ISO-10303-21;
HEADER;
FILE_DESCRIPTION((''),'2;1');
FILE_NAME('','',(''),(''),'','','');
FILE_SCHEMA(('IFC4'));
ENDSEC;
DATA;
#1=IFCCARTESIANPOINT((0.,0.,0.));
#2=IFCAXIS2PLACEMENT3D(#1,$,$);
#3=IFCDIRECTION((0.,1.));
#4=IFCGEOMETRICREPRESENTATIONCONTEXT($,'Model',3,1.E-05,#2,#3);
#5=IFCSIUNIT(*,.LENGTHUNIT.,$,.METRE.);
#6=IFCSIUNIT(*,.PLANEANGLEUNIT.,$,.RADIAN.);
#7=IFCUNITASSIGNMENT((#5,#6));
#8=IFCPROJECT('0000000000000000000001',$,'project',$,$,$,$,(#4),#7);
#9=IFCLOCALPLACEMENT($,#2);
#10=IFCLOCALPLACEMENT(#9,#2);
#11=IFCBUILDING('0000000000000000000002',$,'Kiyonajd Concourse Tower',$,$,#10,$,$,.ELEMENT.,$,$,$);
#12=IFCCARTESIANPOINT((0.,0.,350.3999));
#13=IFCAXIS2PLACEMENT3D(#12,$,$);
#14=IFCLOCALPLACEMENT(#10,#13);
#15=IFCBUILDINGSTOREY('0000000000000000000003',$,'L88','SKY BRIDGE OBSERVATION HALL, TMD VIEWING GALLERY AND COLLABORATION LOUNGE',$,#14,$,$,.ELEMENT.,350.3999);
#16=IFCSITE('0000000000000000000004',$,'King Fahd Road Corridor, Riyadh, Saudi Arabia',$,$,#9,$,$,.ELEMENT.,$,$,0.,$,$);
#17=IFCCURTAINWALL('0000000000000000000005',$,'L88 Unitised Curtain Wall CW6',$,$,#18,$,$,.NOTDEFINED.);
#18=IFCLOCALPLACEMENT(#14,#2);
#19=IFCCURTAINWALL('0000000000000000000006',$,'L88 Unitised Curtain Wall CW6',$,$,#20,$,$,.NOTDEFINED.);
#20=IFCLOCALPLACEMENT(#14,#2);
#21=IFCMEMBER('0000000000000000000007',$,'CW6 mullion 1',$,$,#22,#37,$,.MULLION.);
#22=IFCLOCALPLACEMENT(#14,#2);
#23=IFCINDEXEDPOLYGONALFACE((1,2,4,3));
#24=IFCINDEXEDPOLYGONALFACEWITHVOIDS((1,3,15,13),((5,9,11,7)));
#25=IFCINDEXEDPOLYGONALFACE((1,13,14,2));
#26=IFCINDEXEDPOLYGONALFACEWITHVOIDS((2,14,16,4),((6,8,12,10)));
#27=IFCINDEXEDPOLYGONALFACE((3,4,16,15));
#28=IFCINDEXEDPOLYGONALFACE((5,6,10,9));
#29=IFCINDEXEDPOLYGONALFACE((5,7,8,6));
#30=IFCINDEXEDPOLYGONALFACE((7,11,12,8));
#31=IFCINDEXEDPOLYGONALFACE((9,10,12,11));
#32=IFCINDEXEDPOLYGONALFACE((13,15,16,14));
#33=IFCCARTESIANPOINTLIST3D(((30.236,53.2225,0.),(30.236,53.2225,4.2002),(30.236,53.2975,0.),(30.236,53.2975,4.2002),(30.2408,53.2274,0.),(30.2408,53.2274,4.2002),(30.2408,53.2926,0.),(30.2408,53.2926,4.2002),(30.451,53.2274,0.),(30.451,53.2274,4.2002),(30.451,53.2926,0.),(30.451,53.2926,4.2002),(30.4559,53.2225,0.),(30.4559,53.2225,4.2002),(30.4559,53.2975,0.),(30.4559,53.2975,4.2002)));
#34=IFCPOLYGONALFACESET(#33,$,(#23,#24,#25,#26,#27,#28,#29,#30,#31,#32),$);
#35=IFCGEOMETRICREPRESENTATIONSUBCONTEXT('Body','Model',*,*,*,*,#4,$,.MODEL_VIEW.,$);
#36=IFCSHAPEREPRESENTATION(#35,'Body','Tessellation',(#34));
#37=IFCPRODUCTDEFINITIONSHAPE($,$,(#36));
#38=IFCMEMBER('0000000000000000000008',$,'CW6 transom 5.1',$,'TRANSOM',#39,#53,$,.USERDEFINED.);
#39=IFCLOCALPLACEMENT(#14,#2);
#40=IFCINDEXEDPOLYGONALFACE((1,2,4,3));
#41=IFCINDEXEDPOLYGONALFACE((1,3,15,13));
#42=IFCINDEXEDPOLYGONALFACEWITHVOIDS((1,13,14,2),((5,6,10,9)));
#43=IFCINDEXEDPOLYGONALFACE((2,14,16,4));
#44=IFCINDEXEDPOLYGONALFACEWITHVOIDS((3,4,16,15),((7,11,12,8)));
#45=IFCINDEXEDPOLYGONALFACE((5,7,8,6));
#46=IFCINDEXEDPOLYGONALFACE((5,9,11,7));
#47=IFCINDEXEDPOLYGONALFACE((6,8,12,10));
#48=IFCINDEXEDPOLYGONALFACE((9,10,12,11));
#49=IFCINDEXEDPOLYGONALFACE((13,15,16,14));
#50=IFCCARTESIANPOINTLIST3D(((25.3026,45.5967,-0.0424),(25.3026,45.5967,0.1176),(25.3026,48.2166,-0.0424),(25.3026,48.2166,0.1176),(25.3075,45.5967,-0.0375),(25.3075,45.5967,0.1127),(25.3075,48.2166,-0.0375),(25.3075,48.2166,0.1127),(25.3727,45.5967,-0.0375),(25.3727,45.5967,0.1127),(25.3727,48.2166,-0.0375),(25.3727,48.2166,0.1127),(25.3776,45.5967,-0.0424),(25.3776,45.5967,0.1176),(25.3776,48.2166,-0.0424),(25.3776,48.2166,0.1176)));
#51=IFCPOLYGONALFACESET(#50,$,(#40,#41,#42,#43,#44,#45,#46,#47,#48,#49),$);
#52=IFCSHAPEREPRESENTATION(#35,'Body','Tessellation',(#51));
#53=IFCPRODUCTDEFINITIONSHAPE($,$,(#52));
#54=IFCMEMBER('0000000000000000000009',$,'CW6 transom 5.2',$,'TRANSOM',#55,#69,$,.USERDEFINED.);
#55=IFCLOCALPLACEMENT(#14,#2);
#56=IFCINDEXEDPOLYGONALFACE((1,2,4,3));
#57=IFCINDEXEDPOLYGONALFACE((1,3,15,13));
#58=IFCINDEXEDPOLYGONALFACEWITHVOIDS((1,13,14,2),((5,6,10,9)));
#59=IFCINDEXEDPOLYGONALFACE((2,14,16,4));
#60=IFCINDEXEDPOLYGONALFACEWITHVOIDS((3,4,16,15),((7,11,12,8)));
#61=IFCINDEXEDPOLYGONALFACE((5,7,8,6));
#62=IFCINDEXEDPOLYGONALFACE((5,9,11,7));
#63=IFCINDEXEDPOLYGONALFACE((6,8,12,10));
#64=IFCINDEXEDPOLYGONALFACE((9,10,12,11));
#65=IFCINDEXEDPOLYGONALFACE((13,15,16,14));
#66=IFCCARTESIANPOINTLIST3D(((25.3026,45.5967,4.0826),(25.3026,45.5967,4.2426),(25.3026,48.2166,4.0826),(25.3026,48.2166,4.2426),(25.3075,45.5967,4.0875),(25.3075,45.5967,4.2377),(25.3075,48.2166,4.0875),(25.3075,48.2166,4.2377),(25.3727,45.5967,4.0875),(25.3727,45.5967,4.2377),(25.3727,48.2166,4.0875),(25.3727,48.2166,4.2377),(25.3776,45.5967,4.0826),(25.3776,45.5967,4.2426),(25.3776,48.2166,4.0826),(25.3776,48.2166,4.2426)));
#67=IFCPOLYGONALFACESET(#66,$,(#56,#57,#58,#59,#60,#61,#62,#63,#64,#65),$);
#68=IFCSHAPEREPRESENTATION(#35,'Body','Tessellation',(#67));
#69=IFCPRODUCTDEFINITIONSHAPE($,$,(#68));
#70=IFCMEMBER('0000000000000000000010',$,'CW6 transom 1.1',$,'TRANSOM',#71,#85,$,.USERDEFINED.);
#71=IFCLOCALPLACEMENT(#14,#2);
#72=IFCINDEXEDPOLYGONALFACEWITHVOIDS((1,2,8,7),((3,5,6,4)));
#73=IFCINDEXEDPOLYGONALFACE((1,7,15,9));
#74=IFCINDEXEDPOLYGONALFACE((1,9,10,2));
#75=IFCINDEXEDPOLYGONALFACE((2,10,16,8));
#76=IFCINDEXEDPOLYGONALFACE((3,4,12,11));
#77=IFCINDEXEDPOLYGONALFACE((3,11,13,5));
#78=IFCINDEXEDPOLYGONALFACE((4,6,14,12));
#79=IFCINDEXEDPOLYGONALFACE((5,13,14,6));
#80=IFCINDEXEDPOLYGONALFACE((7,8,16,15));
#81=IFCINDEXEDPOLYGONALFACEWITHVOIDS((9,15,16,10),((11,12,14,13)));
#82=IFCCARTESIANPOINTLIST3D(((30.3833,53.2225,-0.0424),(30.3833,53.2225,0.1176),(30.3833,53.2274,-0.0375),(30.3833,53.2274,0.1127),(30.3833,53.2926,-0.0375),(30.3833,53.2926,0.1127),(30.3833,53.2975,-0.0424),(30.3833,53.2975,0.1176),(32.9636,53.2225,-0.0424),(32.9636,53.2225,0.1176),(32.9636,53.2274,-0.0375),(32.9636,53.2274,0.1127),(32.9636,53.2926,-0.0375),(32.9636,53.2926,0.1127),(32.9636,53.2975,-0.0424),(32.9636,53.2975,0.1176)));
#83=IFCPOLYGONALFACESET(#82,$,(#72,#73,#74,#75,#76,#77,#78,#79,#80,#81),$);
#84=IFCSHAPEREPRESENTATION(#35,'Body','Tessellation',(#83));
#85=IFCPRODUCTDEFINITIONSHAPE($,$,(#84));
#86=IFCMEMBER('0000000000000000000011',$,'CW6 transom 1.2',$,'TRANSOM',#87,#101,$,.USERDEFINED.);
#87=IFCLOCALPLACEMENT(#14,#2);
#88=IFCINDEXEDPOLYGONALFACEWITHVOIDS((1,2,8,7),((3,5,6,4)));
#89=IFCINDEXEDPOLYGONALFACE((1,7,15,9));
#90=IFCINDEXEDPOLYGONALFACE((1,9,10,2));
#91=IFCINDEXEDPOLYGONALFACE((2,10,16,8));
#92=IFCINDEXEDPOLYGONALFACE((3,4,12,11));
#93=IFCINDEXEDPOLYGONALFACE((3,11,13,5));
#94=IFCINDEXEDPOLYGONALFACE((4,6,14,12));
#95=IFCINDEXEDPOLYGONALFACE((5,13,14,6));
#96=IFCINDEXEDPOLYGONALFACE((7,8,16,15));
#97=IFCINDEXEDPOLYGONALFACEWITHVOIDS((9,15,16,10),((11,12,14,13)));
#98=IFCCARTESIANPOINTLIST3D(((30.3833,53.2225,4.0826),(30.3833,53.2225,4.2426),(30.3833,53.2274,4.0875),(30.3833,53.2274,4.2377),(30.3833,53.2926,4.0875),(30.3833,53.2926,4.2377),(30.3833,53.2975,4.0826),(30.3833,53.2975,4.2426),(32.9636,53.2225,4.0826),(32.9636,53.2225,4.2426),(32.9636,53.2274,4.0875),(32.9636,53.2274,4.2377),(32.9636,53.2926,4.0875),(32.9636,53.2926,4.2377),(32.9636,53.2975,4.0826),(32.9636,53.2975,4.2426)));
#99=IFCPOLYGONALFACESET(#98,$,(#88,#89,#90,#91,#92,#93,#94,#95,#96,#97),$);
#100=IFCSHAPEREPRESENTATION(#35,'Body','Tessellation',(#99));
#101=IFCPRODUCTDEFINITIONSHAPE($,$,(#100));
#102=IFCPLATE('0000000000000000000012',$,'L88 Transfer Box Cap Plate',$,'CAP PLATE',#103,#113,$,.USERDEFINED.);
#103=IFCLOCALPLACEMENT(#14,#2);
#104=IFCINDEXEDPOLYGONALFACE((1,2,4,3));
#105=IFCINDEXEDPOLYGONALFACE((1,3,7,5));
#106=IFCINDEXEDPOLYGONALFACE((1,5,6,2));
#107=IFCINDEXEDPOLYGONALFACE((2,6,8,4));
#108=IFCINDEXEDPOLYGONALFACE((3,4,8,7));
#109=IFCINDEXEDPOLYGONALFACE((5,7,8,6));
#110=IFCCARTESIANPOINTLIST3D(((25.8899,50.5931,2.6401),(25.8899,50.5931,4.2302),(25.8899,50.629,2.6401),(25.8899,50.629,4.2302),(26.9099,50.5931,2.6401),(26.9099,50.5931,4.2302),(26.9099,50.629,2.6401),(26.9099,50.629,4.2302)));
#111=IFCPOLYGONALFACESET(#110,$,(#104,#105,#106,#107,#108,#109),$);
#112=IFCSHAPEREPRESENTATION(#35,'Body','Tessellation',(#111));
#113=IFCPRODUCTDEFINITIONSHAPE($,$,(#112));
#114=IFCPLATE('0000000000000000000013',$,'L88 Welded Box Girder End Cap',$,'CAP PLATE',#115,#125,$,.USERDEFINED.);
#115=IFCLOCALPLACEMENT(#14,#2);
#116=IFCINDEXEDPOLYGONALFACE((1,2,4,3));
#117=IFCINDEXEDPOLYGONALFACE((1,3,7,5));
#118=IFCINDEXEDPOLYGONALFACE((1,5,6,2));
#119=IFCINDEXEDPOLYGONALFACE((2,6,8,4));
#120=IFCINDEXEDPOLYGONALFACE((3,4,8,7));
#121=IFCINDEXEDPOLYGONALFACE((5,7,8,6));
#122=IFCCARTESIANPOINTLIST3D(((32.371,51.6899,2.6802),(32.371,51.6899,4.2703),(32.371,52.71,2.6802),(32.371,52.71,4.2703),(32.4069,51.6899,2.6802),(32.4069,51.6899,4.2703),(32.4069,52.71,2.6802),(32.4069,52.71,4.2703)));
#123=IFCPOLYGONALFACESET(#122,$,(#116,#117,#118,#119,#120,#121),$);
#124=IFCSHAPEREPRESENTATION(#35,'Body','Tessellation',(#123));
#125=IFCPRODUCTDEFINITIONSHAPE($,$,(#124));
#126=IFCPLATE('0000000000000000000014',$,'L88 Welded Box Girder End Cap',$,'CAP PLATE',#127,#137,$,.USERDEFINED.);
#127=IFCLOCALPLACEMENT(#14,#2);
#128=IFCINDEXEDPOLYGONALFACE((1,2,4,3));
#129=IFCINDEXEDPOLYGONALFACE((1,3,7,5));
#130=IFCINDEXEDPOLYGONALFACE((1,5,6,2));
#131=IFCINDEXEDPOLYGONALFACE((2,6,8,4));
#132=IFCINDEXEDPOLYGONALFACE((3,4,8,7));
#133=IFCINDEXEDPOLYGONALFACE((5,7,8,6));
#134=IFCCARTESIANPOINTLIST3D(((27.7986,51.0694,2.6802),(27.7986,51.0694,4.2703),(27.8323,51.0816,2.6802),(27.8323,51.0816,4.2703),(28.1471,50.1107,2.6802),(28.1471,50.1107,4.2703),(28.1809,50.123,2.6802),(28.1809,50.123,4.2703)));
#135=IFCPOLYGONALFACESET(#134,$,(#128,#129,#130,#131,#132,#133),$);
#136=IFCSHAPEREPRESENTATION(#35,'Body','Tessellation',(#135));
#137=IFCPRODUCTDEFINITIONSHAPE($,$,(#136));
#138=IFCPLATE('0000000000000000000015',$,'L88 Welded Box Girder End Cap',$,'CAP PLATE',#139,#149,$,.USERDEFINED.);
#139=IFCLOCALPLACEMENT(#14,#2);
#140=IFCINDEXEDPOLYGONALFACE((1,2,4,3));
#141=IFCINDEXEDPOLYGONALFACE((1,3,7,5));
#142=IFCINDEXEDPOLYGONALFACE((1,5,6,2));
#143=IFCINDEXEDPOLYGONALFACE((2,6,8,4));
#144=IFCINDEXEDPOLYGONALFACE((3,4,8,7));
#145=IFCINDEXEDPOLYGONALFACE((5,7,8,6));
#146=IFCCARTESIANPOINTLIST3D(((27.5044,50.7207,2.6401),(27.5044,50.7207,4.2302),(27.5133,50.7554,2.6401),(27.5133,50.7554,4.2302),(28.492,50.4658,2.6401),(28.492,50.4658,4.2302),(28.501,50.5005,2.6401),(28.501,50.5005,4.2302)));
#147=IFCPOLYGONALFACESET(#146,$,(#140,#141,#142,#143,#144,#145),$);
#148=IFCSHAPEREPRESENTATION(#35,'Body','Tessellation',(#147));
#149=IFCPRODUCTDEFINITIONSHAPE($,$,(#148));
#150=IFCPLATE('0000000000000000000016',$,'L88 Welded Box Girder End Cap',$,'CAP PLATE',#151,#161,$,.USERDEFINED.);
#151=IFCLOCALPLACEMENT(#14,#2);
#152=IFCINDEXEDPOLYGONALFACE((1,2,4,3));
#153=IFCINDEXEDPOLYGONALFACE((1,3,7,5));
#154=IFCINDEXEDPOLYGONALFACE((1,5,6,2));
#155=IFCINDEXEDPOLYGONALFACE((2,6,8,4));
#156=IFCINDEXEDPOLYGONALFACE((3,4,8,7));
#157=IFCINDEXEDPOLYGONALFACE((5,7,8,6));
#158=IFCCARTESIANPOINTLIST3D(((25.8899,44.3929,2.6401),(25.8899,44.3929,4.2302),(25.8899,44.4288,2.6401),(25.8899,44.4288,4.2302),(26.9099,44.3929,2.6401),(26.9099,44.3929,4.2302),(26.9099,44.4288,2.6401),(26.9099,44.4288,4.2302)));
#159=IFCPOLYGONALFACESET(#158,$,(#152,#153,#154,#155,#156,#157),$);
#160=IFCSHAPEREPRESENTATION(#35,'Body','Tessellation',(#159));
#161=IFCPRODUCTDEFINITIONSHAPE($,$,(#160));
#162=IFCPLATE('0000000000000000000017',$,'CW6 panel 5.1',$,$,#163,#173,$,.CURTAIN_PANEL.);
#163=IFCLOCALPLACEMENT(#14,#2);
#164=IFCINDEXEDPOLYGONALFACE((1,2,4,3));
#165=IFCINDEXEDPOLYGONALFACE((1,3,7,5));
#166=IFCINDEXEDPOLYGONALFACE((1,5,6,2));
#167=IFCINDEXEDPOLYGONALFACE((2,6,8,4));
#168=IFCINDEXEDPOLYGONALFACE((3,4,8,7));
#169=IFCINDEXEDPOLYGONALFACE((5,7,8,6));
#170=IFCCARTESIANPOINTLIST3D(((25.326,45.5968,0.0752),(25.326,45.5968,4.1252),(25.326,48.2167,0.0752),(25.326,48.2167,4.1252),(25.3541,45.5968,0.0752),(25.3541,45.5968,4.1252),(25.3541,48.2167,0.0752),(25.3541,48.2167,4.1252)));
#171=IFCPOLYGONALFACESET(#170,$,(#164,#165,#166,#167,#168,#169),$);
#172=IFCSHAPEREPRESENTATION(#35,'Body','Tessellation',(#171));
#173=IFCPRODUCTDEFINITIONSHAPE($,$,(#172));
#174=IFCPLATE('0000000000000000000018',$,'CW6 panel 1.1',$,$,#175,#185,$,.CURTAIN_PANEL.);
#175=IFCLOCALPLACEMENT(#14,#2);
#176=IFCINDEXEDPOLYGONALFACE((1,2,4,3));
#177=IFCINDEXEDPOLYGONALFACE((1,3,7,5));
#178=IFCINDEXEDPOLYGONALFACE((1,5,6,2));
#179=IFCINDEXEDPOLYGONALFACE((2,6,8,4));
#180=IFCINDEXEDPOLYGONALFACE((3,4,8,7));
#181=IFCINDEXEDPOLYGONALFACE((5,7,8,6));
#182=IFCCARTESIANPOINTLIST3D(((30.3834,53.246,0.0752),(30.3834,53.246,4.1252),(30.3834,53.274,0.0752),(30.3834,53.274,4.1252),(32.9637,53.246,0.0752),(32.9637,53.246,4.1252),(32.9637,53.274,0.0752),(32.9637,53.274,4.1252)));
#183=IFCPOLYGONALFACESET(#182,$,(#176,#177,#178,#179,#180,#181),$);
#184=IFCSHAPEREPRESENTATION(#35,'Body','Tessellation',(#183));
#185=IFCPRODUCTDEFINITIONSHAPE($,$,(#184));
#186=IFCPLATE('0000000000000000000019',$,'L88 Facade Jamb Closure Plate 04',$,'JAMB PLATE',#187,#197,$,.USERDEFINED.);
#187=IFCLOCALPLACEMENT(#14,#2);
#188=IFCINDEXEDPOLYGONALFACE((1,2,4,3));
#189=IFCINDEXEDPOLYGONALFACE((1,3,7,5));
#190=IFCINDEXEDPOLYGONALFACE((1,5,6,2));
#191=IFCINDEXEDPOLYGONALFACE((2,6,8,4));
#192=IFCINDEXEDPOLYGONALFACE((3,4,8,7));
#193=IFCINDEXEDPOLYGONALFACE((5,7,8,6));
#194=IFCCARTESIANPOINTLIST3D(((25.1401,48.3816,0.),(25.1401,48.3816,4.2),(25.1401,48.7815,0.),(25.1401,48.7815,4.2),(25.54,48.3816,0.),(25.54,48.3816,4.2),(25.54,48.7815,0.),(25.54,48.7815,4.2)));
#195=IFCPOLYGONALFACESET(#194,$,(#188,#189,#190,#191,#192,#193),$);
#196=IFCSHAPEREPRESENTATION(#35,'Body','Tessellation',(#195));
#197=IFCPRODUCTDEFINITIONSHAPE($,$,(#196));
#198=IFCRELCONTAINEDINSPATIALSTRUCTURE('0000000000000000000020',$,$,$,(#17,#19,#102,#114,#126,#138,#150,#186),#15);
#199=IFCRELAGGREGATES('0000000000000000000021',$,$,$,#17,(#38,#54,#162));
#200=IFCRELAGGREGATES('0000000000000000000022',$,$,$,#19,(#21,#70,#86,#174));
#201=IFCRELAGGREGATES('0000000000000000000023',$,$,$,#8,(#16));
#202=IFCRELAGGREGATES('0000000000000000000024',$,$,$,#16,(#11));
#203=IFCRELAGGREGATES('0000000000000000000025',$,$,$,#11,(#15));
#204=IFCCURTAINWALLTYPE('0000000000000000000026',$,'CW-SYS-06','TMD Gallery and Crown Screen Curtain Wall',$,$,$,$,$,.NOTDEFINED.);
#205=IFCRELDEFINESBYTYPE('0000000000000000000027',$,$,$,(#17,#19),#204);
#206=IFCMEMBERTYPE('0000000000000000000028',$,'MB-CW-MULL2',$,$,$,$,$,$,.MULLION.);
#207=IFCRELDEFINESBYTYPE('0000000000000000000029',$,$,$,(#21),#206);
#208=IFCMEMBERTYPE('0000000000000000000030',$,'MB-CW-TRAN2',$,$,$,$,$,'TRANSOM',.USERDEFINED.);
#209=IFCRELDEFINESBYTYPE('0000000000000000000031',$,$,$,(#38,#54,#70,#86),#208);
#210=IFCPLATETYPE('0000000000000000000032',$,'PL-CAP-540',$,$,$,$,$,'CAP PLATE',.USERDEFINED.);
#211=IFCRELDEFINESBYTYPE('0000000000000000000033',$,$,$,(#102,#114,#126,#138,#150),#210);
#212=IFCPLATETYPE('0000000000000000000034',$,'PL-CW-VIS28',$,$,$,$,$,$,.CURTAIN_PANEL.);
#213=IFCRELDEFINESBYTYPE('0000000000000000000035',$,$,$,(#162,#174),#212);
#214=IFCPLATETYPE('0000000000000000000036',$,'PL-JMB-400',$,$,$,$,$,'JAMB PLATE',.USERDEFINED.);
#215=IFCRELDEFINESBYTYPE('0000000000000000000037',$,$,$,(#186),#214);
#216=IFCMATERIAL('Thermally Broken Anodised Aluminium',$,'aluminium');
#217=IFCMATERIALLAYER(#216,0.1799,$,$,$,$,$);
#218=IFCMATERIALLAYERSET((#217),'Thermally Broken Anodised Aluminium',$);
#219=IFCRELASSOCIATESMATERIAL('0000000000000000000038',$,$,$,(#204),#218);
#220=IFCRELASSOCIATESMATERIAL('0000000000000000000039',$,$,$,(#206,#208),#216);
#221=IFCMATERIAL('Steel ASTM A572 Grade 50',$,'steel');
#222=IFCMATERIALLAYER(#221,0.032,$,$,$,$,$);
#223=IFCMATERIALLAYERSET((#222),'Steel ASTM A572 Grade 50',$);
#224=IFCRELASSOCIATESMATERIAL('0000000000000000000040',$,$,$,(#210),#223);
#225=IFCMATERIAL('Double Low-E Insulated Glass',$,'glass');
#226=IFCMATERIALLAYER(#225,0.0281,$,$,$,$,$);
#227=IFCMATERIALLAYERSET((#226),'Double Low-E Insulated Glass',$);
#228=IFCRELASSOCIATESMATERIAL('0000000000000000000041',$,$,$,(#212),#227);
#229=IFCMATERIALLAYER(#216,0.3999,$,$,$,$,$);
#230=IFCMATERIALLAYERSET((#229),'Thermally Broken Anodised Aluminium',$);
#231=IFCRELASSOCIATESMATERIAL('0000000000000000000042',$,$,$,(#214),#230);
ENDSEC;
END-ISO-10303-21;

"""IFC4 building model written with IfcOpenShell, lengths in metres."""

from ifc_helpers import new_model, si_unit, direction, frame, origin, origin_2d, place, context, subcontext, project, spatial, rectangle, hollow_rectangle, extrude, material, layer, layer_set, material_profile, profile_set, type_object, element, aggregate, save


model = new_model("IFC4")

# Units and contexts
model_context = context("Model", 3, precision=1e-05, world=origin(), true_north=direction((0.0, 1.0)))
body_context = subcontext(model_context, "Body", "Model", "MODEL_VIEW")
ifc_project = project(units=[si_unit("LENGTHUNIT", "METRE"), si_unit("PLANEANGLEUNIT", "RADIAN")], contexts=[model_context])

# Site, building, storey
site_placement = place(None, origin())
site = spatial("IfcSite", under=ifc_project, at=site_placement, Name="King Fahd Road Corridor, Riyadh, Saudi Arabia", CompositionType="ELEMENT", RefElevation=0.0)
building_placement = place(site_placement, origin())
building = spatial("IfcBuilding", under=site, at=building_placement, Name="Kiyonajd Concourse Tower", CompositionType="ELEMENT")
storey_placement = place(building_placement, frame((0.0, 0.0, 350.3999)))
storey = spatial("IfcBuildingStorey", under=building, at=storey_placement, Name="L88", Description="SKY BRIDGE OBSERVATION HALL, TMD VIEWING GALLERY AND COLLABORATION LOUNGE", CompositionType="ELEMENT", Elevation=350.3999)

# Shared definitions
ifc_material_1 = material(Name="Steel ASTM A572 Grade 50", Category="steel")

# Curtain wall
ifc_material_2 = material(Name="Thermally Broken Anodised Aluminium", Category="aluminium")
ifc_layer_1 = layer(ifc_material_2, 0.1799)
ifc_layer_set_1 = layer_set([ifc_layer_1], Name="Thermally Broken Anodised Aluminium")
curtain_wall_type = type_object("IfcCurtainWallType", Name="CW-SYS-06", Description="TMD Gallery and Crown Screen Curtain Wall", PredefinedType="NOTDEFINED", material=ifc_layer_set_1)
curtain_wall_1_placement = place(storey_placement, origin())
curtain_wall_1 = element("IfcCurtainWall", 1, at=curtain_wall_1_placement, inside=storey, type_object=curtain_wall_type, Name="L88 Unitised Curtain Wall CW6", PredefinedType="NOTDEFINED")
ifc_material_profile_1 = material_profile(ifc_material_2, hollow_rectangle(XDim=0.075, YDim=0.22, WallThickness=0.0049, at=origin_2d()), Name="MULL-75x220")
ifc_profile_set_1 = profile_set([ifc_material_profile_1], Name="Thermally Broken Anodised Aluminium")
member_type_1 = type_object("IfcMemberType", Name="MB-CW-MULL2", PredefinedType="MULLION", material=ifc_profile_set_1)

# Curtain wall, member
curtain_wall_2_placement = place(storey_placement, origin())
curtain_wall_2 = element("IfcCurtainWall", 2, at=curtain_wall_2_placement, inside=storey, type_object=curtain_wall_type, Name="L88 Unitised Curtain Wall CW6", PredefinedType="NOTDEFINED")
member_1_placement = place(storey_placement, frame((30.3459, 53.26, 0.0), z_axis=(0.0, 0.0, 1.0), x_axis=(0.0, 1.0, 0.0)))
member_1 = element("IfcMember", 3, at=member_1_placement, type_object=member_type_1, Name="CW6 mullion 1", PredefinedType="MULLION", context=body_context, shape_type="SweptSolid", body=[
    extrude(hollow_rectangle(XDim=0.075, YDim=0.22, WallThickness=0.0049, at=origin_2d()), origin(), (0.0, 0.0, 1.0), 4.2002),
])

# Members
ifc_material_profile_2 = material_profile(ifc_material_2, hollow_rectangle(XDim=0.075, YDim=0.1599, WallThickness=0.0049, at=origin_2d()), Name="TRAN-75x160")
ifc_profile_set_2 = profile_set([ifc_material_profile_2], Name="Thermally Broken Anodised Aluminium")
member_type_2 = type_object("IfcMemberType", Name="MB-CW-TRAN2", ElementType="TRANSOM", PredefinedType="USERDEFINED", material=ifc_profile_set_2)
member_2_placement = place(storey_placement, frame((25.3401, 45.5967, 0.0376), z_axis=(0.0, 1.0, 0.0), x_axis=(-1.0, 0.0, 0.0)))
member_2 = element("IfcMember", 4, at=member_2_placement, type_object=member_type_2, Name="CW6 transom 5.1", ObjectType="TRANSOM", PredefinedType="USERDEFINED", context=body_context, shape_type="SweptSolid", body=[
    extrude(hollow_rectangle(XDim=0.075, YDim=0.1599, WallThickness=0.0049, at=origin_2d()), origin(), (0.0, 0.0, 1.0), 2.6199),
])
member_3_placement = place(storey_placement, frame((25.3401, 45.5967, 4.1626), z_axis=(0.0, 1.0, 0.0), x_axis=(-1.0, 0.0, 0.0)))
member_3 = element("IfcMember", 5, at=member_3_placement, type_object=member_type_2, Name="CW6 transom 5.2", ObjectType="TRANSOM", PredefinedType="USERDEFINED", context=body_context, shape_type="SweptSolid", body=[
    extrude(hollow_rectangle(XDim=0.075, YDim=0.1599, WallThickness=0.0049, at=origin_2d()), origin(), (0.0, 0.0, 1.0), 2.6199),
])
member_4_placement = place(storey_placement, frame((30.3833, 53.26, 0.0376), z_axis=(1.0, 0.0, 0.0), x_axis=(0.0, 1.0, 0.0)))
member_4 = element("IfcMember", 6, at=member_4_placement, type_object=member_type_2, Name="CW6 transom 1.1", ObjectType="TRANSOM", PredefinedType="USERDEFINED", context=body_context, shape_type="SweptSolid", body=[
    extrude(hollow_rectangle(XDim=0.075, YDim=0.1599, WallThickness=0.0049, at=origin_2d()), origin(), (0.0, 0.0, 1.0), 2.5803),
])
member_5_placement = place(storey_placement, frame((30.3833, 53.26, 4.1626), z_axis=(1.0, 0.0, 0.0), x_axis=(0.0, 1.0, 0.0)))
member_5 = element("IfcMember", 7, at=member_5_placement, type_object=member_type_2, Name="CW6 transom 1.2", ObjectType="TRANSOM", PredefinedType="USERDEFINED", context=body_context, shape_type="SweptSolid", body=[
    extrude(hollow_rectangle(XDim=0.075, YDim=0.1599, WallThickness=0.0049, at=origin_2d()), origin(), (0.0, 0.0, 1.0), 2.5803),
])

# Plates
ifc_layer_2 = layer(ifc_material_1, 0.032)
ifc_layer_set_2 = layer_set([ifc_layer_2], Name="Steel ASTM A572 Grade 50")
plate_type_1 = type_object("IfcPlateType", Name="PL-CAP-540", ElementType="CAP PLATE", PredefinedType="USERDEFINED", material=ifc_layer_set_2)
for number, where, z_axis, x_axis, name in (
    (8, (26.3999, 50.6111, 2.6401), (0.0, 0.0, 1.0), (0.0, 1.0, 0.0), "L88 Transfer Box Cap Plate"),
    (9, (32.3889, 52.2, 2.6802), (0.0, 0.0, 1.0), (-1.0, 0.0, 0.0), "L88 Welded Box Girder End Cap"),
    (10, (27.9897, 50.5962, 2.6802), (0.0, 0.0, 1.0), (-0.939812, -0.341692, 0.0), "L88 Welded Box Girder End Cap"),
    (11, (28.0027, 50.6106, 2.6401), (0.0, 0.0, 1.0), (0.249873, 0.968279, 0.0), "L88 Welded Box Girder End Cap"),
    (12, (26.3999, 44.4109, 2.6401), (0.0, 0.0, 1.0), (0.0, 1.0, 0.0), "L88 Welded Box Girder End Cap"),
):
    element("IfcPlate", number, at=place(storey_placement, frame(where, z_axis=z_axis, x_axis=x_axis)), inside=storey, type_object=plate_type_1, Name=name, ObjectType="CAP PLATE", PredefinedType="USERDEFINED", context=body_context, shape_type="SweptSolid", body=[
        extrude(rectangle(XDim=0.0359, YDim=1.02, at=origin_2d()), origin(), (0.0, 0.0, 1.0), 1.5901),
    ])

# Plates
ifc_material_3 = material(Name="Double Low-E Insulated Glass", Category="glass")
ifc_layer_3 = layer(ifc_material_3, 0.0281)
ifc_layer_set_3 = layer_set([ifc_layer_3], Name="Double Low-E Insulated Glass")
plate_type_2 = type_object("IfcPlateType", Name="PL-CW-VIS28", PredefinedType="CURTAIN_PANEL", material=ifc_layer_set_3)
plate_1_placement = place(storey_placement, frame((25.3401, 46.9067, 0.0752), z_axis=(0.0, 0.0, 1.0), x_axis=(0.0, 1.0, 0.0)))
plate_1 = element("IfcPlate", 13, at=plate_1_placement, type_object=plate_type_2, Name="CW6 panel 5.1", PredefinedType="CURTAIN_PANEL", context=body_context, shape_type="SweptSolid", body=[
    extrude(rectangle(XDim=2.6199, YDim=0.0281, at=origin_2d()), origin(), (0.0, 0.0, 1.0), 4.05),
])
aggregate(curtain_wall_1, [member_2, member_3, plate_1])
plate_2_placement = place(storey_placement, frame((31.6736, 53.26, 0.0752), z_axis=(0.0, 0.0, 1.0), x_axis=(1.0, 0.0, 0.0)))
plate_2 = element("IfcPlate", 14, at=plate_2_placement, type_object=plate_type_2, Name="CW6 panel 1.1", PredefinedType="CURTAIN_PANEL", context=body_context, shape_type="SweptSolid", body=[
    extrude(rectangle(XDim=2.5803, YDim=0.0281, at=origin_2d()), origin(), (0.0, 0.0, 1.0), 4.05),
])
aggregate(curtain_wall_2, [member_1, member_4, member_5, plate_2])

# Plate
ifc_layer_4 = layer(ifc_material_2, 0.3999)
ifc_layer_set_4 = layer_set([ifc_layer_4], Name="Thermally Broken Anodised Aluminium")
plate_type_3 = type_object("IfcPlateType", Name="PL-JMB-400", ElementType="JAMB PLATE", PredefinedType="USERDEFINED", material=ifc_layer_set_4)
for number, where, z_axis, x_axis, name in (
    (15, (25.3401, 48.5815, 0.0), (0.0, 0.0, 1.0), (1.0, 0.0, 0.0), "L88 Facade Jamb Closure Plate 04"),
):
    element("IfcPlate", number, at=place(storey_placement, frame(where, z_axis=z_axis, x_axis=x_axis)), inside=storey, type_object=plate_type_3, Name=name, ObjectType="JAMB PLATE", PredefinedType="USERDEFINED", context=body_context, shape_type="SweptSolid", body=[
        extrude(rectangle(XDim=0.3999, YDim=0.3999, at=origin_2d()), origin(), (0.0, 0.0, 1.0), 4.2),
    ])

save(model, "model.ifc")
